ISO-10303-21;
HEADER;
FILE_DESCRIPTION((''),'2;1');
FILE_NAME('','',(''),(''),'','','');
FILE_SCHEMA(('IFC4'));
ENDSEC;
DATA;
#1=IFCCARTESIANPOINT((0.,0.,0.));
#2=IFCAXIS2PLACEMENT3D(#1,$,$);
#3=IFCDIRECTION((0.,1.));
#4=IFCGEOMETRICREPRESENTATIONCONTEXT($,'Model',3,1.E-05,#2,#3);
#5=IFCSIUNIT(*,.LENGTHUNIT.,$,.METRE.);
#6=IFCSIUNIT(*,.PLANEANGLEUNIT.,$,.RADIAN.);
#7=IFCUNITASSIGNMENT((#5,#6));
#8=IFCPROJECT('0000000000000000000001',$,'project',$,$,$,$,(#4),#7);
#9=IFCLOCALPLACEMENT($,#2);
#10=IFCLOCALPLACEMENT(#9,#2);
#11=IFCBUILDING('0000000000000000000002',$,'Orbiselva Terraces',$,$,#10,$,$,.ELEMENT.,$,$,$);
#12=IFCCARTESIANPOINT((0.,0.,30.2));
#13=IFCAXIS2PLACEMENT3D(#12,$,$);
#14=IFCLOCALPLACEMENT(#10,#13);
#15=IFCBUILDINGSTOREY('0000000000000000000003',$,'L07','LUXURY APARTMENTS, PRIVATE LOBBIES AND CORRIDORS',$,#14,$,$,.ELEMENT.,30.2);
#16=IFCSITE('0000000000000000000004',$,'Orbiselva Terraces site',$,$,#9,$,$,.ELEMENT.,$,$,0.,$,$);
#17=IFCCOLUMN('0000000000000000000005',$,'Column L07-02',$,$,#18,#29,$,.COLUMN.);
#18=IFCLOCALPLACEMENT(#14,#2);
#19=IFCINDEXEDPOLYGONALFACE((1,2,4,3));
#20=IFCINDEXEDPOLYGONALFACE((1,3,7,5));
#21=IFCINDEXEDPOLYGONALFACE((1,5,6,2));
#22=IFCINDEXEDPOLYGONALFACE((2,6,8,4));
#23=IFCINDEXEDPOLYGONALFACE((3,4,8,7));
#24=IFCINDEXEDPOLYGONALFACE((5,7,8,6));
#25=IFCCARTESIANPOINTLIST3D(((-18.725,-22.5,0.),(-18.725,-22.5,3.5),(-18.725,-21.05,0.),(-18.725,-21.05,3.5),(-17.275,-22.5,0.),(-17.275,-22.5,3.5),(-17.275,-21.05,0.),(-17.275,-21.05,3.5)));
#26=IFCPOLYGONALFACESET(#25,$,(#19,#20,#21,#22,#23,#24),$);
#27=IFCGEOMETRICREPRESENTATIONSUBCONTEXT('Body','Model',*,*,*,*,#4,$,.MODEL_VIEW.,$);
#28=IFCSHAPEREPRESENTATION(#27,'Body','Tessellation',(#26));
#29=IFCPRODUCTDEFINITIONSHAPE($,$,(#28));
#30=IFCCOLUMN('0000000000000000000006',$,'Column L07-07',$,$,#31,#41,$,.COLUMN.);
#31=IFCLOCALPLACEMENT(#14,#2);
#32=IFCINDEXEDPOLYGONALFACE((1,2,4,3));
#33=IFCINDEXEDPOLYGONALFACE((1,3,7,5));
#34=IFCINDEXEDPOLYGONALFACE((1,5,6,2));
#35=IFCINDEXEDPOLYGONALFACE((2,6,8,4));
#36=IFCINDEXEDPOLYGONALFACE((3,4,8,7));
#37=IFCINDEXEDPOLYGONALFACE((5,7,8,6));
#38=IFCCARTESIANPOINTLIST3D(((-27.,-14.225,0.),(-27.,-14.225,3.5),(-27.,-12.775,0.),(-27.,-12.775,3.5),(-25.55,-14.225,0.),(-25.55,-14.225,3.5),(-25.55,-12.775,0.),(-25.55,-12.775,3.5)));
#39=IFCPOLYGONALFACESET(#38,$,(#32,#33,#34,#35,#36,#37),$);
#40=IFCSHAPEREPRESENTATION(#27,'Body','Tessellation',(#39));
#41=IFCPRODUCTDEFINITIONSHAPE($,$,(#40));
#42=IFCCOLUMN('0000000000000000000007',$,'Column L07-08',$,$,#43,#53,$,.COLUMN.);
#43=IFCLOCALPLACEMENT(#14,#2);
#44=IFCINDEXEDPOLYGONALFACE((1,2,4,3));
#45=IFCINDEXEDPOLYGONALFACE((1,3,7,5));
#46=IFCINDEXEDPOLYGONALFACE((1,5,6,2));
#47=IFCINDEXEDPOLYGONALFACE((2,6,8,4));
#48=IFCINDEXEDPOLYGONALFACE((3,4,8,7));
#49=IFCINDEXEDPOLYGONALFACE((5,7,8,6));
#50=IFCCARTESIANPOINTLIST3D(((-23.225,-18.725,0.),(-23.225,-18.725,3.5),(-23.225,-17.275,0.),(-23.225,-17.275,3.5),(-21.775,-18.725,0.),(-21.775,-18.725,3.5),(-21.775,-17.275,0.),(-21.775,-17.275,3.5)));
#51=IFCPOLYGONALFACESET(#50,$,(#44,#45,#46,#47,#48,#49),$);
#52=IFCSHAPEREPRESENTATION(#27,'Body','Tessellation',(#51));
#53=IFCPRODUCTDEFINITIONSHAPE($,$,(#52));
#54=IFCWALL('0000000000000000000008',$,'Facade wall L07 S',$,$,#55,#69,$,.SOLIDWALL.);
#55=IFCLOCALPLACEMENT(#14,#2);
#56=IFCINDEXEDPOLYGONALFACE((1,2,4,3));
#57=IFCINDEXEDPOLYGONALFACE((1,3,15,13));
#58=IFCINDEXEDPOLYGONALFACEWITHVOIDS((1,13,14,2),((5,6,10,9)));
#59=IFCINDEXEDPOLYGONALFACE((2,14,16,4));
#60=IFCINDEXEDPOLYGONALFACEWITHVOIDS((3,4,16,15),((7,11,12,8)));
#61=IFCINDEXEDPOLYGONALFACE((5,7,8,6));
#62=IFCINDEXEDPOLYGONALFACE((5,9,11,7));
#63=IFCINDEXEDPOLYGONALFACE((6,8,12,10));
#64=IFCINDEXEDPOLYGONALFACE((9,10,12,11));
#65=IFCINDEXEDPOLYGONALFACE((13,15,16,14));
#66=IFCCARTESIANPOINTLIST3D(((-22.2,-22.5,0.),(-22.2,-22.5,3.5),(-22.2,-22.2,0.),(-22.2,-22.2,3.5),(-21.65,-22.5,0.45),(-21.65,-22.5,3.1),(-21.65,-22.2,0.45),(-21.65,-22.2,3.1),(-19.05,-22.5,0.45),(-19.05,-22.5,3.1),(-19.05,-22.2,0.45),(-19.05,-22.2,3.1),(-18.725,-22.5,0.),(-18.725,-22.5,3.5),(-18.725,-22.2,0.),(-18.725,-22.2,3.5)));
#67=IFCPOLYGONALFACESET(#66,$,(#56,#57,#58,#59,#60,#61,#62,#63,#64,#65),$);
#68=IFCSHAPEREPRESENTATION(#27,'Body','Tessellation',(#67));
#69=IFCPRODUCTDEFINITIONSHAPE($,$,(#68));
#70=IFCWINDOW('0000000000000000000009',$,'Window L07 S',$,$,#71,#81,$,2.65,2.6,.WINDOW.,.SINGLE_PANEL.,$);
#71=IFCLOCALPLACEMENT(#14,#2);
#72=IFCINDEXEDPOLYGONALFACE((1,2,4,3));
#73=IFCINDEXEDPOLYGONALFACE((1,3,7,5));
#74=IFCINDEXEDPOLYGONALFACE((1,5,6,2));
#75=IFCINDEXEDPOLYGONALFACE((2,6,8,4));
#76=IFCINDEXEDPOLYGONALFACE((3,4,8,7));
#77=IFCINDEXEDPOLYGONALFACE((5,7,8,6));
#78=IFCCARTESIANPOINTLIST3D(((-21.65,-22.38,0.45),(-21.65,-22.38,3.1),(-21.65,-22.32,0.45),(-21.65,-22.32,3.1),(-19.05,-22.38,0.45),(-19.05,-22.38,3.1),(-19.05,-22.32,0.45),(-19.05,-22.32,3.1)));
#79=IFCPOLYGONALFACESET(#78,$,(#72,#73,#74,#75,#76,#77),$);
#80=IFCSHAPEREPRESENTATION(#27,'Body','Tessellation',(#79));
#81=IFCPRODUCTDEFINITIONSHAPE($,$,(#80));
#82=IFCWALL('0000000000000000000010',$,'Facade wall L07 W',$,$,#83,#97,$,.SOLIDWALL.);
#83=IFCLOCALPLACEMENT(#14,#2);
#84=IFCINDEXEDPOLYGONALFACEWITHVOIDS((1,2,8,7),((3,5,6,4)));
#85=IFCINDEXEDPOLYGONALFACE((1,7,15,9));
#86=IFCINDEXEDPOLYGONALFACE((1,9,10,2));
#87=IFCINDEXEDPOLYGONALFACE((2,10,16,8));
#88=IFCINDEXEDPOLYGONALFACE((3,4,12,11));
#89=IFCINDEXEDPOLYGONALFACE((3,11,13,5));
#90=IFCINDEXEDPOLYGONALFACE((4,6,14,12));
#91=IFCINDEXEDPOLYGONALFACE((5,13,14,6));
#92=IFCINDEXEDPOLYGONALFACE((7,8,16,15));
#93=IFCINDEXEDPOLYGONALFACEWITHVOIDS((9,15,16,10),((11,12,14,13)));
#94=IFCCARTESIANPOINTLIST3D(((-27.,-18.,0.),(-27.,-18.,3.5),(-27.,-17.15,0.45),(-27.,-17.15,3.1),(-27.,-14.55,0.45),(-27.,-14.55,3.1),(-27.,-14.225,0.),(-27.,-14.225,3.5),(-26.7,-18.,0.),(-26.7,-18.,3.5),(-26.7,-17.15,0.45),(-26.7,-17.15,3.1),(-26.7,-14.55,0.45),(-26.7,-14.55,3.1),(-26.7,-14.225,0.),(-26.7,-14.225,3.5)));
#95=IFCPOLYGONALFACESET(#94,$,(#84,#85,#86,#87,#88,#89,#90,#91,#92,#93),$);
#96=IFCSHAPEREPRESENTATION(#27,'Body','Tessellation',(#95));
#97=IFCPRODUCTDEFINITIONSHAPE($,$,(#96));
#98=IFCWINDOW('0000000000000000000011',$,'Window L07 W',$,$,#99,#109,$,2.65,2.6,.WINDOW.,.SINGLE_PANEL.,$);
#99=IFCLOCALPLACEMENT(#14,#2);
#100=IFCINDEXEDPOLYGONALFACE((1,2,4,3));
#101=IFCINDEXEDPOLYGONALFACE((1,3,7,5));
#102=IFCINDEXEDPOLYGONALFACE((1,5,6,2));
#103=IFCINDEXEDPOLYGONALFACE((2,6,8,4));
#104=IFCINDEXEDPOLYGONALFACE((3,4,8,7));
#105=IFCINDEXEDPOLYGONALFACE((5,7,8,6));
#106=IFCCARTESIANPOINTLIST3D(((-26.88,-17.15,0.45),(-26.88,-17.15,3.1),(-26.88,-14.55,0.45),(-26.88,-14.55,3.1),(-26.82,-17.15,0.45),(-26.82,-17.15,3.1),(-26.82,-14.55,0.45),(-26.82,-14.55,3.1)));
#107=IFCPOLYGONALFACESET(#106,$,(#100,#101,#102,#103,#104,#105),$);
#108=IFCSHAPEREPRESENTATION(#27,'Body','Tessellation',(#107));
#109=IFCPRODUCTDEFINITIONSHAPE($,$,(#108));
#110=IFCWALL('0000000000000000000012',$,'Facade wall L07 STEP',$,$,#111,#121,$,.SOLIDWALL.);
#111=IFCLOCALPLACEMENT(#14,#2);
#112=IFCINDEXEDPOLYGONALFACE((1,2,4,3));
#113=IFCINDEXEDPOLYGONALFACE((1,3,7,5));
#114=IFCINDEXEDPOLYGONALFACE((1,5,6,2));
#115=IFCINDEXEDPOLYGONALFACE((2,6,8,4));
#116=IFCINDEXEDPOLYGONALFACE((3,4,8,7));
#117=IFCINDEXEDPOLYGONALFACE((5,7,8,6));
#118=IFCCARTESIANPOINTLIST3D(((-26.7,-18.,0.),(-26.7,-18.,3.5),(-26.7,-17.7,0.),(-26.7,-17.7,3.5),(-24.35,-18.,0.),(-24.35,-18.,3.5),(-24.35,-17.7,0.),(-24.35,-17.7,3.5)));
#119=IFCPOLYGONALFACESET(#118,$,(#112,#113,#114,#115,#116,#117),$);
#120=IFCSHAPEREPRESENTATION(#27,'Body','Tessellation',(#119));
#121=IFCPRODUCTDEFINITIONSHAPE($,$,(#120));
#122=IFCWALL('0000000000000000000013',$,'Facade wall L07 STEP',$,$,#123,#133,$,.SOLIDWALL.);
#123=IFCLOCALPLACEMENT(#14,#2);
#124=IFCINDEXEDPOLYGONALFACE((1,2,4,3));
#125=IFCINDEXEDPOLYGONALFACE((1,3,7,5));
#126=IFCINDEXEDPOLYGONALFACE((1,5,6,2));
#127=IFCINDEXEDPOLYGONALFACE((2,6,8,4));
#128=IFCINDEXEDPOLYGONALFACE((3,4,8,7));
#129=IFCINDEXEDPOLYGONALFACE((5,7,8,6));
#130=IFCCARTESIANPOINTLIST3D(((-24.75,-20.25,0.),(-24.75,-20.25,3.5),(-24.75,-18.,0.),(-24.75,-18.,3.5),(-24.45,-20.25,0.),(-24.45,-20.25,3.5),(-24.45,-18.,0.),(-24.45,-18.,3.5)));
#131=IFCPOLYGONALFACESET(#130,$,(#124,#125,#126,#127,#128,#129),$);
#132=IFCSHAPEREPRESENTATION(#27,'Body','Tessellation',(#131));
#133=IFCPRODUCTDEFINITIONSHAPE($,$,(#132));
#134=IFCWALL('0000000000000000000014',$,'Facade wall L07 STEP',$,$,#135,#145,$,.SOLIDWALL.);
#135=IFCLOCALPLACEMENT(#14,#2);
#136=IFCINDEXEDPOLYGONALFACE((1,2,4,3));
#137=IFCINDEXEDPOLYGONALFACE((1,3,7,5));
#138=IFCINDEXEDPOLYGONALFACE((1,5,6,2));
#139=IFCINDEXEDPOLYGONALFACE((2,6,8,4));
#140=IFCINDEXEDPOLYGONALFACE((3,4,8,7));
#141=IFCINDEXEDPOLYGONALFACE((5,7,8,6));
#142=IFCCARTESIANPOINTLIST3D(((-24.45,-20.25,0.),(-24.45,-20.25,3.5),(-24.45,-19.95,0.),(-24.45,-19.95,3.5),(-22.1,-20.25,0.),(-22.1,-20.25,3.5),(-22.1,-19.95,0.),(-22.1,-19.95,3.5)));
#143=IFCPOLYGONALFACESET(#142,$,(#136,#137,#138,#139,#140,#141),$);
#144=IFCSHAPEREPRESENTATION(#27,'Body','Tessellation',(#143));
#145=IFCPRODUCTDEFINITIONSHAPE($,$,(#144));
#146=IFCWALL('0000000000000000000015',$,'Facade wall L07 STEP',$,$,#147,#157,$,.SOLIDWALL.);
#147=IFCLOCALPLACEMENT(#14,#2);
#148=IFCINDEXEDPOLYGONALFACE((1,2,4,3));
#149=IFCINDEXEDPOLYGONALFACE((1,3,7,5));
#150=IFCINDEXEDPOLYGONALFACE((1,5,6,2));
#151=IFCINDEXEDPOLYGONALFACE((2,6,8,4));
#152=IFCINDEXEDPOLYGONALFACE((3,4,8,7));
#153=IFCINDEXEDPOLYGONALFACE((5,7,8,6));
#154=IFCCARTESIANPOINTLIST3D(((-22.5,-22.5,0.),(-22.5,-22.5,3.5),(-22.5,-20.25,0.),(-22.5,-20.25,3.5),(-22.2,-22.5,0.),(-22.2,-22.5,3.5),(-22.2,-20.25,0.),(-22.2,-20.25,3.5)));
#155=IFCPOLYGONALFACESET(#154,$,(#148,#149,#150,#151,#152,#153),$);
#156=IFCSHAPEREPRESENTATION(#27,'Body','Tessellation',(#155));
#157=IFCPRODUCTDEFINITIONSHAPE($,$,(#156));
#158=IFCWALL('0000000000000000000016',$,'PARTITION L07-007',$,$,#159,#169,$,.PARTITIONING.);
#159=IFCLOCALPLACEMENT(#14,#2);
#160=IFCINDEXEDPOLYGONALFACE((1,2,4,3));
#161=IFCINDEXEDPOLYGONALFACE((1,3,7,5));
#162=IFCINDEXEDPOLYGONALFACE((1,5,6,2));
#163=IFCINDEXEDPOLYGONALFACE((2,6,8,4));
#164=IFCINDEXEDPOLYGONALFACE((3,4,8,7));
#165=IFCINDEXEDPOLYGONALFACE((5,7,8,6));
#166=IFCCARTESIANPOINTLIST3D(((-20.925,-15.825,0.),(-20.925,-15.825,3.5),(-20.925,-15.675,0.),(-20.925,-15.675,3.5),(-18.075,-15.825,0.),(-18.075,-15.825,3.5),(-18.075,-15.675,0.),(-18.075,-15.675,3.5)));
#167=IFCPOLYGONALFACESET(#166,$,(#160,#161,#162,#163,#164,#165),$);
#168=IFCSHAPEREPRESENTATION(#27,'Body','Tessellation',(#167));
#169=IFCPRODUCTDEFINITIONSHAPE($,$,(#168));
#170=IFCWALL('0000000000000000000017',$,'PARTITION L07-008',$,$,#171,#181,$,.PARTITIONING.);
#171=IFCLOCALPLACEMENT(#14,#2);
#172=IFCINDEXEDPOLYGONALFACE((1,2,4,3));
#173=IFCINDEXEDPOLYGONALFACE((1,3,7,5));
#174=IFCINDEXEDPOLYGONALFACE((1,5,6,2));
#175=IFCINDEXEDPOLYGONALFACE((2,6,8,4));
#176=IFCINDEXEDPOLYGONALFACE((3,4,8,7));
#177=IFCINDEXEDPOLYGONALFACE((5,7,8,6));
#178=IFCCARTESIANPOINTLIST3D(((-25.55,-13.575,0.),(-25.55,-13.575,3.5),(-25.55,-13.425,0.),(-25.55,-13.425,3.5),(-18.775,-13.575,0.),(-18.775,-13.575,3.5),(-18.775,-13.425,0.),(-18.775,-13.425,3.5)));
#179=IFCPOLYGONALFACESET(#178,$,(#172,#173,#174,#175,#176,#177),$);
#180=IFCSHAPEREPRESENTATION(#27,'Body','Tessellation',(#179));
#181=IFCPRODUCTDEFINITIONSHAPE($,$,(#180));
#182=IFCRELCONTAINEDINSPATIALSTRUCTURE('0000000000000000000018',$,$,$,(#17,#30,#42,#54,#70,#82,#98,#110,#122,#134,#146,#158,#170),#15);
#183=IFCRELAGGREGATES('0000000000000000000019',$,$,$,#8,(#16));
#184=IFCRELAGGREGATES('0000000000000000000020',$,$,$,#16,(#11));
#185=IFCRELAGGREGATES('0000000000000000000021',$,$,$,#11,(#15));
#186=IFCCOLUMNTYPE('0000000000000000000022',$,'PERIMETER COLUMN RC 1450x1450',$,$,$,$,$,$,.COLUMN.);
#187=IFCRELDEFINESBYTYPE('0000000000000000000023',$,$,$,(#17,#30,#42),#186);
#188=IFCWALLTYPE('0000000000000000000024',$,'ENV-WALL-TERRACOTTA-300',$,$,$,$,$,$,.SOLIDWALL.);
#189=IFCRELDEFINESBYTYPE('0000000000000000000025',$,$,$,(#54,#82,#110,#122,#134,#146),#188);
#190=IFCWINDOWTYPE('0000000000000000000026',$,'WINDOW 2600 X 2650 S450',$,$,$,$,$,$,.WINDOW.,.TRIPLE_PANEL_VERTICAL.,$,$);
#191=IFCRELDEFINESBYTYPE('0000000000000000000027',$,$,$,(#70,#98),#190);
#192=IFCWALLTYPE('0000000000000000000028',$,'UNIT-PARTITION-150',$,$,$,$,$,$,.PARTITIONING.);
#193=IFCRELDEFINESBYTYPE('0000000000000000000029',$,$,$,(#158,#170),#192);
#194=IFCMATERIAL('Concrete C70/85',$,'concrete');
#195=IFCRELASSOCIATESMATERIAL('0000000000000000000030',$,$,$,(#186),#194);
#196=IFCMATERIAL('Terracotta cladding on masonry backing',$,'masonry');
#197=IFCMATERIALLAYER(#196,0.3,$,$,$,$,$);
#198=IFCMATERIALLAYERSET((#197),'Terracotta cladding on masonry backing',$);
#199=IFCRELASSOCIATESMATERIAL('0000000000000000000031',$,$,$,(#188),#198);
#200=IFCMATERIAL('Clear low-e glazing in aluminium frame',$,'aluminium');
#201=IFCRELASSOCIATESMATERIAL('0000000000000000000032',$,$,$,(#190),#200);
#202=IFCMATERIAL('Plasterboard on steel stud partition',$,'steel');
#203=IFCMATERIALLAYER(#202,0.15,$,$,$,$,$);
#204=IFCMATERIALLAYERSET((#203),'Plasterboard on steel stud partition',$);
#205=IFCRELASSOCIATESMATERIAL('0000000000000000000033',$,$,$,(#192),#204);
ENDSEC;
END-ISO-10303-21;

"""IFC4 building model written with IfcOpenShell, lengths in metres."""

from ifc_helpers import new_model, si_unit, direction, frame, frame_2d, origin, origin_2d, place, context, subcontext, project, spatial, rectangle, extrude, material, layer, layer_set, material_profile, profile_set, type_object, element, fill, save


model = new_model("IFC4")

# Units and contexts
model_context = context("Model", 3, precision=1e-05, world=origin(), true_north=direction((0.0, 1.0)))
body_context = subcontext(model_context, "Body", "Model", "MODEL_VIEW")
ifc_project = project(units=[si_unit("LENGTHUNIT", "METRE"), si_unit("PLANEANGLEUNIT", "RADIAN")], contexts=[model_context])

# Site, building, storey
site_placement = place(None, origin())
site = spatial("IfcSite", under=ifc_project, at=site_placement, Name="Orbiselva Terraces site", CompositionType="ELEMENT", RefElevation=0.0)
building_placement = place(site_placement, origin())
building = spatial("IfcBuilding", under=site, at=building_placement, Name="Orbiselva Terraces", CompositionType="ELEMENT")
storey_placement = place(building_placement, frame((0.0, 0.0, 30.2)))
storey = spatial("IfcBuildingStorey", under=building, at=storey_placement, Name="L07", Description="LUXURY APARTMENTS, PRIVATE LOBBIES AND CORRIDORS", CompositionType="ELEMENT", Elevation=30.2)

# Columns
ifc_material_1 = material(Name="Concrete C70/85", Category="concrete")
ifc_material_profile = material_profile(ifc_material_1, rectangle(XDim=1.45, YDim=1.45, at=origin_2d()), Name="RC 1450x1450")
ifc_profile_set = profile_set([ifc_material_profile], Name="Concrete C70/85")
column_type = type_object("IfcColumnType", Name="PERIMETER COLUMN RC 1450x1450", PredefinedType="COLUMN", material=ifc_profile_set)
for number, where, z_axis, x_axis, name in (
    (1, (-18.0, -21.775, 0.0), (0.0, 0.0, 1.0), (1.0, 0.0, 0.0), "Column L07-02"),
    (2, (-26.275, -13.5, 0.0), (0.0, 0.0, 1.0), (1.0, 0.0, 0.0), "Column L07-07"),
    (3, (-22.5, -18.0, 0.0), (0.0, 0.0, 1.0), (1.0, 0.0, 0.0), "Column L07-08"),
):
    element("IfcColumn", number, at=place(storey_placement, frame(where, z_axis=z_axis, x_axis=x_axis)), inside=storey, type_object=column_type, Name=name, PredefinedType="COLUMN", context=body_context, shape_type="SweptSolid", body=[
        extrude(rectangle(XDim=1.45, YDim=1.45, at=origin_2d()), origin(), (0.0, 0.0, 1.0), 3.5),
    ])

# Walls, openings, windows
ifc_material_2 = material(Name="Terracotta cladding on masonry backing", Category="masonry")
ifc_layer_1 = layer(ifc_material_2, 0.3)
ifc_layer_set_1 = layer_set([ifc_layer_1], Name="Terracotta cladding on masonry backing")
wall_type_1 = type_object("IfcWallType", Name="ENV-WALL-TERRACOTTA-300", PredefinedType="SOLIDWALL", material=ifc_layer_set_1)
wall_1_placement = place(storey_placement, frame((-18.725, -22.35, 0.0), z_axis=(0.0, 0.0, 1.0), x_axis=(-1.0, 0.0, 0.0)))
wall_1 = element("IfcWall", 4, at=wall_1_placement, inside=storey, type_object=wall_type_1, Name="Facade wall L07 S", PredefinedType="SOLIDWALL", context=body_context, shape_type="SweptSolid", body=[
    extrude(rectangle(XDim=3.475, YDim=0.3, at=frame_2d((1.7375, 0.0))), origin(), (0.0, 0.0, 1.0), 3.5),
])
opening_1_placement = place(wall_1_placement, frame((0.325, 0.0, 0.45)))
opening_1 = element("IfcOpeningElement", 5, at=opening_1_placement, cuts=wall_1, PredefinedType="OPENING", context=body_context, shape_type="SweptSolid", body=[
    extrude(rectangle(XDim=2.6, YDim=2.65, at=frame_2d((1.3, 1.325))), frame((0.0, 0.16, 0.0), z_axis=(0.0, -1.0, 0.0), x_axis=(1.0, 0.0, 0.0)), (0.0, 0.0, 1.0), 0.32),
])
ifc_material_3 = material(Name="Clear low-e glazing in aluminium frame", Category="aluminium")
window_type = type_object("IfcWindowType", Name="WINDOW 2600 X 2650 S450", PartitioningType="TRIPLE_PANEL_VERTICAL", PredefinedType="WINDOW", material=ifc_material_3)
window_1_placement = place(opening_1_placement, origin())
window_1 = element("IfcWindow", 6, at=window_1_placement, inside=storey, type_object=window_type, Name="Window L07 S", OverallHeight=2.65, OverallWidth=2.6, PartitioningType="SINGLE_PANEL", PredefinedType="WINDOW", context=body_context, shape_type="SweptSolid", body=[
    extrude(rectangle(XDim=2.6, YDim=2.65, at=frame_2d((1.3, 1.325))), frame((0.0, 0.03, 0.0), z_axis=(0.0, -1.0, 0.0), x_axis=(1.0, 0.0, 0.0)), (0.0, 0.0, 1.0), 0.06),
])
fill(opening_1, window_1)
wall_2_placement = place(storey_placement, frame((-26.85, -18.0, 0.0), z_axis=(0.0, 0.0, 1.0), x_axis=(0.0, 1.0, 0.0)))
wall_2 = element("IfcWall", 7, at=wall_2_placement, inside=storey, type_object=wall_type_1, Name="Facade wall L07 W", PredefinedType="SOLIDWALL", context=body_context, shape_type="SweptSolid", body=[
    extrude(rectangle(XDim=3.775, YDim=0.3, at=frame_2d((1.8875, 0.0))), origin(), (0.0, 0.0, 1.0), 3.5),
])
opening_2_placement = place(wall_2_placement, frame((0.85, 0.0, 0.45)))
opening_2 = element("IfcOpeningElement", 8, at=opening_2_placement, cuts=wall_2, PredefinedType="OPENING", context=body_context, shape_type="SweptSolid", body=[
    extrude(rectangle(XDim=2.6, YDim=2.65, at=frame_2d((1.3, 1.325))), frame((0.0, 0.16, 0.0), z_axis=(0.0, -1.0, 0.0), x_axis=(1.0, 0.0, 0.0)), (0.0, 0.0, 1.0), 0.32),
])
window_2_placement = place(opening_2_placement, origin())
window_2 = element("IfcWindow", 9, at=window_2_placement, inside=storey, type_object=window_type, Name="Window L07 W", OverallHeight=2.65, OverallWidth=2.6, PartitioningType="SINGLE_PANEL", PredefinedType="WINDOW", context=body_context, shape_type="SweptSolid", body=[
    extrude(rectangle(XDim=2.6, YDim=2.65, at=frame_2d((1.3, 1.325))), frame((0.0, 0.03, 0.0), z_axis=(0.0, -1.0, 0.0), x_axis=(1.0, 0.0, 0.0)), (0.0, 0.0, 1.0), 0.06),
])
fill(opening_2, window_2)

# Walls
wall_3_placement = place(storey_placement, frame((-24.35, -17.85, 0.0), z_axis=(0.0, 0.0, 1.0), x_axis=(-1.0, 0.0, 0.0)))
element("IfcWall", 10, at=wall_3_placement, inside=storey, type_object=wall_type_1, Name="Facade wall L07 STEP", PredefinedType="SOLIDWALL", context=body_context, shape_type="SweptSolid", body=[
    extrude(rectangle(XDim=2.35, YDim=0.3, at=frame_2d((1.175, 0.0))), origin(), (0.0, 0.0, 1.0), 3.5),
])
wall_4_placement = place(storey_placement, frame((-24.6, -20.25, 0.0), z_axis=(0.0, 0.0, 1.0), x_axis=(0.0, 1.0, 0.0)))
element("IfcWall", 11, at=wall_4_placement, inside=storey, type_object=wall_type_1, Name="Facade wall L07 STEP", PredefinedType="SOLIDWALL", context=body_context, shape_type="SweptSolid", body=[
    extrude(rectangle(XDim=2.25, YDim=0.3, at=frame_2d((1.125, 0.0))), origin(), (0.0, 0.0, 1.0), 3.5),
])
wall_5_placement = place(storey_placement, frame((-22.1, -20.1, 0.0), z_axis=(0.0, 0.0, 1.0), x_axis=(-1.0, 0.0, 0.0)))
element("IfcWall", 12, at=wall_5_placement, inside=storey, type_object=wall_type_1, Name="Facade wall L07 STEP", PredefinedType="SOLIDWALL", context=body_context, shape_type="SweptSolid", body=[
    extrude(rectangle(XDim=2.35, YDim=0.3, at=frame_2d((1.175, 0.0))), origin(), (0.0, 0.0, 1.0), 3.5),
])
wall_6_placement = place(storey_placement, frame((-22.35, -22.5, 0.0), z_axis=(0.0, 0.0, 1.0), x_axis=(0.0, 1.0, 0.0)))
element("IfcWall", 13, at=wall_6_placement, inside=storey, type_object=wall_type_1, Name="Facade wall L07 STEP", PredefinedType="SOLIDWALL", context=body_context, shape_type="SweptSolid", body=[
    extrude(rectangle(XDim=2.25, YDim=0.3, at=frame_2d((1.125, 0.0))), origin(), (0.0, 0.0, 1.0), 3.5),
])
ifc_material_4 = material(Name="Plasterboard on steel stud partition", Category="steel")
ifc_layer_2 = layer(ifc_material_4, 0.15)
ifc_layer_set_2 = layer_set([ifc_layer_2], Name="Plasterboard on steel stud partition")
wall_type_2 = type_object("IfcWallType", Name="UNIT-PARTITION-150", PredefinedType="PARTITIONING", material=ifc_layer_set_2)
wall_7_placement = place(storey_placement, frame((-20.925, -15.75, 0.0), z_axis=(0.0, 0.0, 1.0), x_axis=(1.0, 0.0, 0.0)))
element("IfcWall", 14, at=wall_7_placement, inside=storey, type_object=wall_type_2, Name="PARTITION L07-007", PredefinedType="PARTITIONING", context=body_context, shape_type="SweptSolid", body=[
    extrude(rectangle(XDim=2.85, YDim=0.15, at=frame_2d((1.425, 0.0))), origin(), (0.0, 0.0, 1.0), 3.5),
])
wall_8_placement = place(storey_placement, frame((-25.55, -13.5, 0.0), z_axis=(0.0, 0.0, 1.0), x_axis=(1.0, 0.0, 0.0)))
element("IfcWall", 15, at=wall_8_placement, inside=storey, type_object=wall_type_2, Name="PARTITION L07-008", PredefinedType="PARTITIONING", context=body_context, shape_type="SweptSolid", body=[
    extrude(rectangle(XDim=6.775, YDim=0.15, at=frame_2d((3.3875, 0.0))), origin(), (0.0, 0.0, 1.0), 3.5),
])

save(model, "model.ifc")
